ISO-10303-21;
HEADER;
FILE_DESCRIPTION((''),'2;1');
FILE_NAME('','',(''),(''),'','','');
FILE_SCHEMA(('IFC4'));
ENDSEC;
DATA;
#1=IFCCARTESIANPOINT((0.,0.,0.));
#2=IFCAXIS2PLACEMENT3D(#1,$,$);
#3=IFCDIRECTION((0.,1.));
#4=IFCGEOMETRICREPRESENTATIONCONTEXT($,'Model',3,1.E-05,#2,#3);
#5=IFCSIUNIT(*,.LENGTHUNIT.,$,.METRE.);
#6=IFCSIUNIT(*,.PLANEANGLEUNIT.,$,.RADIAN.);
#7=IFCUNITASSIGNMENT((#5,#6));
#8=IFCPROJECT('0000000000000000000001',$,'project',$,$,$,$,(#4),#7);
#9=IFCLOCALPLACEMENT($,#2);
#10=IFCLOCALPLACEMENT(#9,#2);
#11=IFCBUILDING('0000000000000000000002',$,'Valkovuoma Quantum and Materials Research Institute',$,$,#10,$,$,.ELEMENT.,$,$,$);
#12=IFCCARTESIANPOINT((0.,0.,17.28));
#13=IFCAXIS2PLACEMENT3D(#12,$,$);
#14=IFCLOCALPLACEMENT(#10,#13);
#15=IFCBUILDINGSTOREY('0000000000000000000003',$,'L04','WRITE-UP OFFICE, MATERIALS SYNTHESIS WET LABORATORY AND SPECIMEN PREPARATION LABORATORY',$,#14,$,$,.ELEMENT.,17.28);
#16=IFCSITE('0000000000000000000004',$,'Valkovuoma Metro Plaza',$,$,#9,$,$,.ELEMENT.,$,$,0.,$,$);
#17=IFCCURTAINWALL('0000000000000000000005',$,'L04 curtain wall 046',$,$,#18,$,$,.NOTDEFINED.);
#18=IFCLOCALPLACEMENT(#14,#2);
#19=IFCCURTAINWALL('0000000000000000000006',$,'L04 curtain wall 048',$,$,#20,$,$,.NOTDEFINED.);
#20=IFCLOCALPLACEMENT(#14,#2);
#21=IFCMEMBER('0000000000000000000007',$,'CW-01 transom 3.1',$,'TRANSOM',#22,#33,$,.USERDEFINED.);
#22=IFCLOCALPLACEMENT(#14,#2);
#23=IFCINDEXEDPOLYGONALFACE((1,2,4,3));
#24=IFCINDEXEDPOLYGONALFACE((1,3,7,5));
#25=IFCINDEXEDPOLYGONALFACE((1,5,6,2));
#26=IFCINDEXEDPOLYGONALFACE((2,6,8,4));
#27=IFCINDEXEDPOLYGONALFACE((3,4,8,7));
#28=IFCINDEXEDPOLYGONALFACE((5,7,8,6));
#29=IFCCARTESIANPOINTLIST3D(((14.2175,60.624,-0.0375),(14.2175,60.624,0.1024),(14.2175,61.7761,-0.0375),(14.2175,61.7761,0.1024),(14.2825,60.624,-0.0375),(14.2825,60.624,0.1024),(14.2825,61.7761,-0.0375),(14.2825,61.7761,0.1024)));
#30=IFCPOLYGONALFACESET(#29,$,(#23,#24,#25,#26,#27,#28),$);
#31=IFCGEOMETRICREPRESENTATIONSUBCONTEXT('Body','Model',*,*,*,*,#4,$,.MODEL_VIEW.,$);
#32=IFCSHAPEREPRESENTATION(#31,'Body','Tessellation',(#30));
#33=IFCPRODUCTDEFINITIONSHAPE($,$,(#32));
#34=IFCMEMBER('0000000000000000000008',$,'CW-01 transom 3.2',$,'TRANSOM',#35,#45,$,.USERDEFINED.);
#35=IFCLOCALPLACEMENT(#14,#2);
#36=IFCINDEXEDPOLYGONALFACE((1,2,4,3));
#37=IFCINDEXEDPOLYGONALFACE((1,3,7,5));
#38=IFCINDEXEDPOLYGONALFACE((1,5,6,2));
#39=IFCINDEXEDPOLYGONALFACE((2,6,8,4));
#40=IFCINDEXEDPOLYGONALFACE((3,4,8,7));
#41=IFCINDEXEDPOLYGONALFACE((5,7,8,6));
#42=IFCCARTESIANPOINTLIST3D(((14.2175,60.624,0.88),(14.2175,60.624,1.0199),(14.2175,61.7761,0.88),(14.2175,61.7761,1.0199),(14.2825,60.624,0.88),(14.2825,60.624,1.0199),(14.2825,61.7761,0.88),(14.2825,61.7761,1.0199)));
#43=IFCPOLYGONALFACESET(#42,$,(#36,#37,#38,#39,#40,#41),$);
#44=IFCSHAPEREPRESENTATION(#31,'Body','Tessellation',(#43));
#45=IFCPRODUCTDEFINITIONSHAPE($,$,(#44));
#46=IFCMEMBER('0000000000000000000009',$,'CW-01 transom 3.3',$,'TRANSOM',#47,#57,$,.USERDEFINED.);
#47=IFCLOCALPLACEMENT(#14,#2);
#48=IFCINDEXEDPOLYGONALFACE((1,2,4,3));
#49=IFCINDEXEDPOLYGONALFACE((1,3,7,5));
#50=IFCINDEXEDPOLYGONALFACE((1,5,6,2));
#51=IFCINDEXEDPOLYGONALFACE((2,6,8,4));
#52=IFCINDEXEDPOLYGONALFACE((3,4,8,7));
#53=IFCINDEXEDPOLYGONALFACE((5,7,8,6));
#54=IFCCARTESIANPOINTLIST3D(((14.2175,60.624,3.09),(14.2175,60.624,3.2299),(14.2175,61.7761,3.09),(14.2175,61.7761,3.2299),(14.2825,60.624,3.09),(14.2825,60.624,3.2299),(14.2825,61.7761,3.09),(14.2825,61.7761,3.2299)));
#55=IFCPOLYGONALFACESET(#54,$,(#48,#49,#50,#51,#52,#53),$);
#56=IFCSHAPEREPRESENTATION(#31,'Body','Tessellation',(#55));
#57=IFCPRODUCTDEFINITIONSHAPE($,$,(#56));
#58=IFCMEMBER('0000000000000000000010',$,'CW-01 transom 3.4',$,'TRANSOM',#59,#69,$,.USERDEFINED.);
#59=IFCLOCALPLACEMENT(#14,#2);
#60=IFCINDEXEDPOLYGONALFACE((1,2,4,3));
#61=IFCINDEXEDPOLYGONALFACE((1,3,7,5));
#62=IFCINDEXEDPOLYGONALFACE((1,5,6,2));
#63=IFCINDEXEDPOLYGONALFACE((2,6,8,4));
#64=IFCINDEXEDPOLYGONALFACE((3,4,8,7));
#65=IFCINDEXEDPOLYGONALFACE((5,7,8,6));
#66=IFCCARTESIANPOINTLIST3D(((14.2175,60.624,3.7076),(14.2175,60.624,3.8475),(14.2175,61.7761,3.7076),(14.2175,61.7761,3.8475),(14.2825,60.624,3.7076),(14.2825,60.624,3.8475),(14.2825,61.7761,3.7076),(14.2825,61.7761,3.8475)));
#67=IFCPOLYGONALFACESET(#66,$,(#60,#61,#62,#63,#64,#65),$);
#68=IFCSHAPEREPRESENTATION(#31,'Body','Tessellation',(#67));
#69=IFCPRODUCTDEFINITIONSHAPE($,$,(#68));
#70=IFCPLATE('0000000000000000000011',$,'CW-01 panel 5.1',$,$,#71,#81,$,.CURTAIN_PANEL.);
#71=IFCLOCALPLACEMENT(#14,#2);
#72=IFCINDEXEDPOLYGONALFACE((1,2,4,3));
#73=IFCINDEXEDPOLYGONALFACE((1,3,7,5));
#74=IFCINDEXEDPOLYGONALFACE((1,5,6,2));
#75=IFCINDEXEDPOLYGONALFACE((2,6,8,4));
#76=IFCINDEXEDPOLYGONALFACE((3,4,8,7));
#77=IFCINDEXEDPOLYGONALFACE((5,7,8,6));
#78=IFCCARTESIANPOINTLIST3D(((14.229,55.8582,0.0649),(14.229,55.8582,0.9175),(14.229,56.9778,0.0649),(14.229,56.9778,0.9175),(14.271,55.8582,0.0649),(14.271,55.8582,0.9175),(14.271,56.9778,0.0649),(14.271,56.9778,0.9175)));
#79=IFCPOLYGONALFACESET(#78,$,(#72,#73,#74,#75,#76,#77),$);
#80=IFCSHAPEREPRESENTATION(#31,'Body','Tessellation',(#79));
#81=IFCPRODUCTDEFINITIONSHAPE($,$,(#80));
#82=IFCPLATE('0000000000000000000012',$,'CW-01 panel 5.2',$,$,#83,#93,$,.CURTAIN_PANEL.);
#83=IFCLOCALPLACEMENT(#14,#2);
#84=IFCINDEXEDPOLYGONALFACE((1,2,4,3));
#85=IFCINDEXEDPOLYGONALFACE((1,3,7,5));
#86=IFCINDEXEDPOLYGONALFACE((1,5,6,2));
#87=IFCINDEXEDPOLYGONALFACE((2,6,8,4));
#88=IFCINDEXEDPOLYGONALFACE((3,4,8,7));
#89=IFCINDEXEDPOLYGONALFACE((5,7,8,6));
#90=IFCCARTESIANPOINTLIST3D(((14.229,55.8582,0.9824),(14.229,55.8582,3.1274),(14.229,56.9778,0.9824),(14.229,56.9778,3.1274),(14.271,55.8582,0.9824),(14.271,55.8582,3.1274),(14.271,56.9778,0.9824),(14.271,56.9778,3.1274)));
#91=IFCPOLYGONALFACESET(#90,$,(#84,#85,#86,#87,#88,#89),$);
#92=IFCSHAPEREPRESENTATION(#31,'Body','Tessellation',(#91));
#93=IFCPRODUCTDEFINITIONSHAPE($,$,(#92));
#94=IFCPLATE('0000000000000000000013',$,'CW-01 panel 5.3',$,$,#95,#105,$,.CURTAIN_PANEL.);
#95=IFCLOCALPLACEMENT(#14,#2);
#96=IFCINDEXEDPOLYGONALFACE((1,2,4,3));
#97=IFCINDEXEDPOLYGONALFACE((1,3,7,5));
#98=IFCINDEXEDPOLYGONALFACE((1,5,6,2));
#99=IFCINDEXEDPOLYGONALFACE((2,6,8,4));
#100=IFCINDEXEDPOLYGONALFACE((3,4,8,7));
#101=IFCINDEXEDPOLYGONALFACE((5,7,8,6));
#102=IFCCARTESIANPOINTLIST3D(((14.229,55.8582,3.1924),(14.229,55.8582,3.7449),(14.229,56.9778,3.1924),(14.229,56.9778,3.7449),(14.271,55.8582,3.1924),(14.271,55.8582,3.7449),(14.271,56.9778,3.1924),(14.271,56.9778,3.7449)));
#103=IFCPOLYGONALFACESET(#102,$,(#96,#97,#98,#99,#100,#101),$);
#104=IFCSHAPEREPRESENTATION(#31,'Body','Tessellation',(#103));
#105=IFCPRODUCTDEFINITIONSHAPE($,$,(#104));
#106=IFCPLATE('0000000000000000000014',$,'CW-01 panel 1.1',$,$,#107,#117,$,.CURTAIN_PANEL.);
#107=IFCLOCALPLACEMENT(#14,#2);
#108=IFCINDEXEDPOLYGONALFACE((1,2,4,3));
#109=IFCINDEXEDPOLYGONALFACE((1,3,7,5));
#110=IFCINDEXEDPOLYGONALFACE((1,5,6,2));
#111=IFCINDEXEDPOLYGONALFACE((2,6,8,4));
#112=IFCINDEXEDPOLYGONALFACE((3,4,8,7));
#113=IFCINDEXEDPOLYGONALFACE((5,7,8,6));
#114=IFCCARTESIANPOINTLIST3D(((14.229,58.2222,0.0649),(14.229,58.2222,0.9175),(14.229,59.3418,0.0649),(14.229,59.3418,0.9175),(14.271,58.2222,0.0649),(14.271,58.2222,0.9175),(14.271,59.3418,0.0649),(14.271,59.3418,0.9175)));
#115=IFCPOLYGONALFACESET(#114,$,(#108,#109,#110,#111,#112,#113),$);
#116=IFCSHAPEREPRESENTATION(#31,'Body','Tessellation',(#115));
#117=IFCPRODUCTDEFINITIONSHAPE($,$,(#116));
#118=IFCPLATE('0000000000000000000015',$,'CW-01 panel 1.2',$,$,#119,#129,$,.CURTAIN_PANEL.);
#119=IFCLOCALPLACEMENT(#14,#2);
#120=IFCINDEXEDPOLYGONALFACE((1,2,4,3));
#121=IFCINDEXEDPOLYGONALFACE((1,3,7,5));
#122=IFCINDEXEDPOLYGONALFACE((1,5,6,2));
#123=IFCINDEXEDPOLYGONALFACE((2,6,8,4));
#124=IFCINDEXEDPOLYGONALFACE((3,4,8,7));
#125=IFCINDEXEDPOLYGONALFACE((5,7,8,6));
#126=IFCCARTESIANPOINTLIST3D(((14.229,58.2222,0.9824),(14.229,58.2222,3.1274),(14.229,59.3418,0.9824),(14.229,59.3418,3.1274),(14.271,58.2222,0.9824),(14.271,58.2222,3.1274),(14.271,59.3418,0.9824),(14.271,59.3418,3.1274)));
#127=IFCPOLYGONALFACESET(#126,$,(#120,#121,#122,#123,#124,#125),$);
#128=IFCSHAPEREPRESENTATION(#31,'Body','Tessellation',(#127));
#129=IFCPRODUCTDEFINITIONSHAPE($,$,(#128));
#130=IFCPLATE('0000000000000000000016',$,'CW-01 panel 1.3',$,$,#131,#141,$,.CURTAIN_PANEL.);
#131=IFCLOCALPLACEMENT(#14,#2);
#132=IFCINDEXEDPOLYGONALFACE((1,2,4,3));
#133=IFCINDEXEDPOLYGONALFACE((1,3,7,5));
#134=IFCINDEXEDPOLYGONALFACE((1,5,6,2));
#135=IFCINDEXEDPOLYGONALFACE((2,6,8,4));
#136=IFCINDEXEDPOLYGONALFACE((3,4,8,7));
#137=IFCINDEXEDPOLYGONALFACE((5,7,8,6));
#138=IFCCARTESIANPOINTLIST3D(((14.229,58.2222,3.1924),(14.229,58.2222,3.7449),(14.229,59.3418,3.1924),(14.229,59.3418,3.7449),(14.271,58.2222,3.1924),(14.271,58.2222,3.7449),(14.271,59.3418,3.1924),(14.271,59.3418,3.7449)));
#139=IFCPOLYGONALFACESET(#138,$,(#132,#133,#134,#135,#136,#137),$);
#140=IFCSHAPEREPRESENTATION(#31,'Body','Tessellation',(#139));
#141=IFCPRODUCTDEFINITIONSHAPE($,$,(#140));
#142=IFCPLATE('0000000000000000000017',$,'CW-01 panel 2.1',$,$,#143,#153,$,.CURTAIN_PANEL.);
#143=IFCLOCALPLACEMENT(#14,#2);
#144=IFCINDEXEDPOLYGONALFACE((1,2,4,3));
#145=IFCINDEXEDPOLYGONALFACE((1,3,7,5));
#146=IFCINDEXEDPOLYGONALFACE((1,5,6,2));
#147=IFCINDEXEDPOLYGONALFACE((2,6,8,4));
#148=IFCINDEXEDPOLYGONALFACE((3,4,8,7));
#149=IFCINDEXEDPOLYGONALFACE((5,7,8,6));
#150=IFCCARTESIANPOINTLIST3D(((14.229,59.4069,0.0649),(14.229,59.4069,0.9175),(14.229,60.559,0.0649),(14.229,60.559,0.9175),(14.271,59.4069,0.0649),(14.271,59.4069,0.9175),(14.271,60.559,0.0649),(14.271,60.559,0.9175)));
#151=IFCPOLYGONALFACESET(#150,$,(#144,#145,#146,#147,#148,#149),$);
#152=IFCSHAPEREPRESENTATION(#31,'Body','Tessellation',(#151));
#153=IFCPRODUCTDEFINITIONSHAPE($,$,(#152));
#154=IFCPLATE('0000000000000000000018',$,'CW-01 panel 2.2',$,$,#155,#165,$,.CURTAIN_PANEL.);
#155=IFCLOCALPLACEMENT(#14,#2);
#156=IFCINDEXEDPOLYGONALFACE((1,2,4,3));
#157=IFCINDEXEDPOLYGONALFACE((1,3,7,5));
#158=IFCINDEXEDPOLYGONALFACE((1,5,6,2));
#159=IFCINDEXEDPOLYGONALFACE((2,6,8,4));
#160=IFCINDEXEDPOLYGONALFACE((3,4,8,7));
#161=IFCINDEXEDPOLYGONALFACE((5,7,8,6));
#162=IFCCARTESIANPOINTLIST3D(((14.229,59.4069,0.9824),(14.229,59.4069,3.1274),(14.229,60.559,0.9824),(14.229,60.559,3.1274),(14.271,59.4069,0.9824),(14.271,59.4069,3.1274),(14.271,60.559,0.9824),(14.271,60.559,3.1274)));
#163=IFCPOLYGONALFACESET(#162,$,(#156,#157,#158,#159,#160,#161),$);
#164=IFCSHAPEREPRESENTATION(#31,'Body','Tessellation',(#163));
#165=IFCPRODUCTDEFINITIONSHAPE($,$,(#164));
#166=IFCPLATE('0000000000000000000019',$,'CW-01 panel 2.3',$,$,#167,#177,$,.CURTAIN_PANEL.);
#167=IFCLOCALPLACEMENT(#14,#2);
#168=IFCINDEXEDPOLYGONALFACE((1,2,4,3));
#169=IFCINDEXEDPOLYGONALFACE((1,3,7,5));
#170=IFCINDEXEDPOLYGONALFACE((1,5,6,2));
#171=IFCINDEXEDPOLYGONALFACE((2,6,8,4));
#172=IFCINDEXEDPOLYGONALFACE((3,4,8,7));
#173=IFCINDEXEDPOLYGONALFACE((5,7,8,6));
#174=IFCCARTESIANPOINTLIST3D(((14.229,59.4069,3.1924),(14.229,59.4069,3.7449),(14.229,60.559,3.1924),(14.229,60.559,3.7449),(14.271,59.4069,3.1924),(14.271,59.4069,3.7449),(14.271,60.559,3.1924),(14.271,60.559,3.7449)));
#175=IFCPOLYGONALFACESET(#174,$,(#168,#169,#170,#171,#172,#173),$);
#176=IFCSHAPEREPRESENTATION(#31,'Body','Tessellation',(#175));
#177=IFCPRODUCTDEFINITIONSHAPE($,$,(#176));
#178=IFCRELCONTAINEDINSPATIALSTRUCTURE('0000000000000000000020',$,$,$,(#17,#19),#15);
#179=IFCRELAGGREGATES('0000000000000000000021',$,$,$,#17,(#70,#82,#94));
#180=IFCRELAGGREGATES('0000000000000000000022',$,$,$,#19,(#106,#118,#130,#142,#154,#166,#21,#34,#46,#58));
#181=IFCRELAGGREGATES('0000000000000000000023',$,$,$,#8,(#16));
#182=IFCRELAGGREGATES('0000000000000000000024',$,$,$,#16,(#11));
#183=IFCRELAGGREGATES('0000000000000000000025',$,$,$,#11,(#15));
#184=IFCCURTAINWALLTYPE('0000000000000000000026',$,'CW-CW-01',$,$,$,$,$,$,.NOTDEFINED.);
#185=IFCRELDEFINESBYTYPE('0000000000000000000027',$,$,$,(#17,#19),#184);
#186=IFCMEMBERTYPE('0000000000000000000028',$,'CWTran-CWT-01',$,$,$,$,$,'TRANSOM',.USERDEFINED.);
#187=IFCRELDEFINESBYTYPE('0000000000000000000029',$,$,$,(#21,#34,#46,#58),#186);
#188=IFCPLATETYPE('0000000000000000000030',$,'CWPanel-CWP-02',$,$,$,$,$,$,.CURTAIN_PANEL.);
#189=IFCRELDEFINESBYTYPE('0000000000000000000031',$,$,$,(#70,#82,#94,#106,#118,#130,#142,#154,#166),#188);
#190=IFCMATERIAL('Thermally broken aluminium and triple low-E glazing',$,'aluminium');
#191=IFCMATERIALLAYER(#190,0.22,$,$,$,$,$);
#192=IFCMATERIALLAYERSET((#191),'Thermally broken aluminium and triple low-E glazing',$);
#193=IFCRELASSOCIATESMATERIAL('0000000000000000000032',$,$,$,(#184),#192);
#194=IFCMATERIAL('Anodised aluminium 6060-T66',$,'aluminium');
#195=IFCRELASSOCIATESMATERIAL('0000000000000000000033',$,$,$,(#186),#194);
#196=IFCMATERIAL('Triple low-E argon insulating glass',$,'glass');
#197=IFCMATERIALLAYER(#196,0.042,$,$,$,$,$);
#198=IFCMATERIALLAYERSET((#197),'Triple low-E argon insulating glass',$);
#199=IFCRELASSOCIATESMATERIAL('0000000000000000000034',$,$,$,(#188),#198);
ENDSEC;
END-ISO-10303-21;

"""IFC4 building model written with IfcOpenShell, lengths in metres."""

from ifc_helpers import new_model, si_unit, direction, frame, origin, origin_2d, place, context, subcontext, project, spatial, rectangle, extrude, material, layer, layer_set, material_profile, profile_set, type_object, element, aggregate, save


model = new_model("IFC4")

# Units and contexts
model_context = context("Model", 3, precision=1e-05, world=origin(), true_north=direction((0.0, 1.0)))
body_context = subcontext(model_context, "Body", "Model", "MODEL_VIEW")
ifc_project = project(units=[si_unit("LENGTHUNIT", "METRE"), si_unit("PLANEANGLEUNIT", "RADIAN")], contexts=[model_context])

# Site, building, storey
site_placement = place(None, origin())
site = spatial("IfcSite", under=ifc_project, at=site_placement, Name="Valkovuoma Metro Plaza", CompositionType="ELEMENT", RefElevation=0.0)
building_placement = place(site_placement, origin())
building = spatial("IfcBuilding", under=site, at=building_placement, Name="Valkovuoma Quantum and Materials Research Institute", CompositionType="ELEMENT")
storey_placement = place(building_placement, frame((0.0, 0.0, 17.28)))
storey = spatial("IfcBuildingStorey", under=building, at=storey_placement, Name="L04", Description="WRITE-UP OFFICE, MATERIALS SYNTHESIS WET LABORATORY AND SPECIMEN PREPARATION LABORATORY", CompositionType="ELEMENT", Elevation=17.28)

# Curtain wall
ifc_material_1 = material(Name="Thermally broken aluminium and triple low-E glazing", Category="aluminium")
ifc_layer_1 = layer(ifc_material_1, 0.22)
ifc_layer_set_1 = layer_set([ifc_layer_1], Name="Thermally broken aluminium and triple low-E glazing")
curtain_wall_type = type_object("IfcCurtainWallType", Name="CW-CW-01", PredefinedType="NOTDEFINED", material=ifc_layer_set_1)
curtain_wall_1_placement = place(storey_placement, origin())
curtain_wall_1 = element("IfcCurtainWall", 1, at=curtain_wall_1_placement, inside=storey, type_object=curtain_wall_type, Name="L04 curtain wall 046", PredefinedType="NOTDEFINED")

# Curtain wall
curtain_wall_2_placement = place(storey_placement, origin())
curtain_wall_2 = element("IfcCurtainWall", 2, at=curtain_wall_2_placement, inside=storey, type_object=curtain_wall_type, Name="L04 curtain wall 048", PredefinedType="NOTDEFINED")

# Members
ifc_material_2 = material(Name="Anodised aluminium 6060-T66", Category="aluminium")
ifc_material_profile_1 = material_profile(ifc_material_2, rectangle(XDim=0.0649, YDim=0.1399, at=origin_2d()), Name="Anodised aluminium 6060-T66")
ifc_profile_set_1 = profile_set([ifc_material_profile_1], Name="Anodised aluminium 6060-T66")
member_type_1 = type_object("IfcMemberType", Name="CWTran-CWT-01", ElementType="TRANSOM", PredefinedType="USERDEFINED", material=ifc_profile_set_1)
member_1_placement = place(storey_placement, frame((14.25, 60.624, 0.0325), z_axis=(0.0, 1.0, 0.0), x_axis=(-1.0, 0.0, 0.0)))
member_1 = element("IfcMember", 3, at=member_1_placement, type_object=member_type_1, Name="CW-01 transom 3.1", ObjectType="TRANSOM", PredefinedType="USERDEFINED", context=body_context, shape_type="SweptSolid", body=[
    extrude(rectangle(XDim=0.0649, YDim=0.1399, at=origin_2d()), origin(), (0.0, 0.0, 1.0), 1.1521),
])
member_2_placement = place(storey_placement, frame((14.25, 60.624, 0.95), z_axis=(0.0, 1.0, 0.0), x_axis=(-1.0, 0.0, 0.0)))
member_2 = element("IfcMember", 4, at=member_2_placement, type_object=member_type_1, Name="CW-01 transom 3.2", ObjectType="TRANSOM", PredefinedType="USERDEFINED", context=body_context, shape_type="SweptSolid", body=[
    extrude(rectangle(XDim=0.0649, YDim=0.1399, at=origin_2d()), origin(), (0.0, 0.0, 1.0), 1.1521),
])
member_3_placement = place(storey_placement, frame((14.25, 60.624, 3.1599), z_axis=(0.0, 1.0, 0.0), x_axis=(-1.0, 0.0, 0.0)))
member_3 = element("IfcMember", 5, at=member_3_placement, type_object=member_type_1, Name="CW-01 transom 3.3", ObjectType="TRANSOM", PredefinedType="USERDEFINED", context=body_context, shape_type="SweptSolid", body=[
    extrude(rectangle(XDim=0.0649, YDim=0.1399, at=origin_2d()), origin(), (0.0, 0.0, 1.0), 1.1521),
])
member_4_placement = place(storey_placement, frame((14.25, 60.624, 3.7776), z_axis=(0.0, 1.0, 0.0), x_axis=(-1.0, 0.0, 0.0)))
member_4 = element("IfcMember", 6, at=member_4_placement, type_object=member_type_1, Name="CW-01 transom 3.4", ObjectType="TRANSOM", PredefinedType="USERDEFINED", context=body_context, shape_type="SweptSolid", body=[
    extrude(rectangle(XDim=0.0649, YDim=0.1399, at=origin_2d()), origin(), (0.0, 0.0, 1.0), 1.1521),
])

# Plates
ifc_material_3 = material(Name="Triple low-E argon insulating glass", Category="glass")
ifc_layer_2 = layer(ifc_material_3, 0.042)
ifc_layer_set_2 = layer_set([ifc_layer_2], Name="Triple low-E argon insulating glass")
plate_type = type_object("IfcPlateType", Name="CWPanel-CWP-02", PredefinedType="CURTAIN_PANEL", material=ifc_layer_set_2)
plate_1_placement = place(storey_placement, frame((14.25, 56.418, 0.0649), z_axis=(0.0, 0.0, 1.0), x_axis=(0.0, 1.0, 0.0)))
plate_1 = element("IfcPlate", 7, at=plate_1_placement, type_object=plate_type, Name="CW-01 panel 5.1", PredefinedType="CURTAIN_PANEL", context=body_context, shape_type="SweptSolid", body=[
    extrude(rectangle(XDim=1.1196, YDim=0.042, at=origin_2d()), origin(), (0.0, 0.0, 1.0), 0.8525),
])
plate_2_placement = place(storey_placement, frame((14.25, 56.418, 0.9824), z_axis=(0.0, 0.0, 1.0), x_axis=(0.0, 1.0, 0.0)))
plate_2 = element("IfcPlate", 8, at=plate_2_placement, type_object=plate_type, Name="CW-01 panel 5.2", PredefinedType="CURTAIN_PANEL", context=body_context, shape_type="SweptSolid", body=[
    extrude(rectangle(XDim=1.1196, YDim=0.042, at=origin_2d()), origin(), (0.0, 0.0, 1.0), 2.145),
])
plate_3_placement = place(storey_placement, frame((14.25, 56.418, 3.1924), z_axis=(0.0, 0.0, 1.0), x_axis=(0.0, 1.0, 0.0)))
plate_3 = element("IfcPlate", 9, at=plate_3_placement, type_object=plate_type, Name="CW-01 panel 5.3", PredefinedType="CURTAIN_PANEL", context=body_context, shape_type="SweptSolid", body=[
    extrude(rectangle(XDim=1.1196, YDim=0.042, at=origin_2d()), origin(), (0.0, 0.0, 1.0), 0.5525),
])
aggregate(curtain_wall_1, [plate_1, plate_2, plate_3])
plate_4_placement = place(storey_placement, frame((14.25, 58.782, 0.0649), z_axis=(0.0, 0.0, 1.0), x_axis=(0.0, 1.0, 0.0)))
plate_4 = element("IfcPlate", 10, at=plate_4_placement, type_object=plate_type, Name="CW-01 panel 1.1", PredefinedType="CURTAIN_PANEL", context=body_context, shape_type="SweptSolid", body=[
    extrude(rectangle(XDim=1.1196, YDim=0.042, at=origin_2d()), origin(), (0.0, 0.0, 1.0), 0.8525),
])
plate_5_placement = place(storey_placement, frame((14.25, 58.782, 0.9824), z_axis=(0.0, 0.0, 1.0), x_axis=(0.0, 1.0, 0.0)))
plate_5 = element("IfcPlate", 11, at=plate_5_placement, type_object=plate_type, Name="CW-01 panel 1.2", PredefinedType="CURTAIN_PANEL", context=body_context, shape_type="SweptSolid", body=[
    extrude(rectangle(XDim=1.1196, YDim=0.042, at=origin_2d()), origin(), (0.0, 0.0, 1.0), 2.145),
])
plate_6_placement = place(storey_placement, frame((14.25, 58.782, 3.1924), z_axis=(0.0, 0.0, 1.0), x_axis=(0.0, 1.0, 0.0)))
plate_6 = element("IfcPlate", 12, at=plate_6_placement, type_object=plate_type, Name="CW-01 panel 1.3", PredefinedType="CURTAIN_PANEL", context=body_context, shape_type="SweptSolid", body=[
    extrude(rectangle(XDim=1.1196, YDim=0.042, at=origin_2d()), origin(), (0.0, 0.0, 1.0), 0.5525),
])
plate_7_placement = place(storey_placement, frame((14.25, 59.9829, 0.0649), z_axis=(0.0, 0.0, 1.0), x_axis=(0.0, 1.0, 0.0)))
plate_7 = element("IfcPlate", 13, at=plate_7_placement, type_object=plate_type, Name="CW-01 panel 2.1", PredefinedType="CURTAIN_PANEL", context=body_context, shape_type="SweptSolid", body=[
    extrude(rectangle(XDim=1.1521, YDim=0.042, at=origin_2d()), origin(), (0.0, 0.0, 1.0), 0.8525),
])
plate_8_placement = place(storey_placement, frame((14.25, 59.9829, 0.9824), z_axis=(0.0, 0.0, 1.0), x_axis=(0.0, 1.0, 0.0)))
plate_8 = element("IfcPlate", 14, at=plate_8_placement, type_object=plate_type, Name="CW-01 panel 2.2", PredefinedType="CURTAIN_PANEL", context=body_context, shape_type="SweptSolid", body=[
    extrude(rectangle(XDim=1.1521, YDim=0.042, at=origin_2d()), origin(), (0.0, 0.0, 1.0), 2.145),
])
plate_9_placement = place(storey_placement, frame((14.25, 59.9829, 3.1924), z_axis=(0.0, 0.0, 1.0), x_axis=(0.0, 1.0, 0.0)))
plate_9 = element("IfcPlate", 15, at=plate_9_placement, type_object=plate_type, Name="CW-01 panel 2.3", PredefinedType="CURTAIN_PANEL", context=body_context, shape_type="SweptSolid", body=[
    extrude(rectangle(XDim=1.1521, YDim=0.042, at=origin_2d()), origin(), (0.0, 0.0, 1.0), 0.5525),
])
aggregate(curtain_wall_2, [plate_4, plate_5, plate_6, plate_7, plate_8, plate_9, member_1, member_2, member_3, member_4])

save(model, "model.ifc")
